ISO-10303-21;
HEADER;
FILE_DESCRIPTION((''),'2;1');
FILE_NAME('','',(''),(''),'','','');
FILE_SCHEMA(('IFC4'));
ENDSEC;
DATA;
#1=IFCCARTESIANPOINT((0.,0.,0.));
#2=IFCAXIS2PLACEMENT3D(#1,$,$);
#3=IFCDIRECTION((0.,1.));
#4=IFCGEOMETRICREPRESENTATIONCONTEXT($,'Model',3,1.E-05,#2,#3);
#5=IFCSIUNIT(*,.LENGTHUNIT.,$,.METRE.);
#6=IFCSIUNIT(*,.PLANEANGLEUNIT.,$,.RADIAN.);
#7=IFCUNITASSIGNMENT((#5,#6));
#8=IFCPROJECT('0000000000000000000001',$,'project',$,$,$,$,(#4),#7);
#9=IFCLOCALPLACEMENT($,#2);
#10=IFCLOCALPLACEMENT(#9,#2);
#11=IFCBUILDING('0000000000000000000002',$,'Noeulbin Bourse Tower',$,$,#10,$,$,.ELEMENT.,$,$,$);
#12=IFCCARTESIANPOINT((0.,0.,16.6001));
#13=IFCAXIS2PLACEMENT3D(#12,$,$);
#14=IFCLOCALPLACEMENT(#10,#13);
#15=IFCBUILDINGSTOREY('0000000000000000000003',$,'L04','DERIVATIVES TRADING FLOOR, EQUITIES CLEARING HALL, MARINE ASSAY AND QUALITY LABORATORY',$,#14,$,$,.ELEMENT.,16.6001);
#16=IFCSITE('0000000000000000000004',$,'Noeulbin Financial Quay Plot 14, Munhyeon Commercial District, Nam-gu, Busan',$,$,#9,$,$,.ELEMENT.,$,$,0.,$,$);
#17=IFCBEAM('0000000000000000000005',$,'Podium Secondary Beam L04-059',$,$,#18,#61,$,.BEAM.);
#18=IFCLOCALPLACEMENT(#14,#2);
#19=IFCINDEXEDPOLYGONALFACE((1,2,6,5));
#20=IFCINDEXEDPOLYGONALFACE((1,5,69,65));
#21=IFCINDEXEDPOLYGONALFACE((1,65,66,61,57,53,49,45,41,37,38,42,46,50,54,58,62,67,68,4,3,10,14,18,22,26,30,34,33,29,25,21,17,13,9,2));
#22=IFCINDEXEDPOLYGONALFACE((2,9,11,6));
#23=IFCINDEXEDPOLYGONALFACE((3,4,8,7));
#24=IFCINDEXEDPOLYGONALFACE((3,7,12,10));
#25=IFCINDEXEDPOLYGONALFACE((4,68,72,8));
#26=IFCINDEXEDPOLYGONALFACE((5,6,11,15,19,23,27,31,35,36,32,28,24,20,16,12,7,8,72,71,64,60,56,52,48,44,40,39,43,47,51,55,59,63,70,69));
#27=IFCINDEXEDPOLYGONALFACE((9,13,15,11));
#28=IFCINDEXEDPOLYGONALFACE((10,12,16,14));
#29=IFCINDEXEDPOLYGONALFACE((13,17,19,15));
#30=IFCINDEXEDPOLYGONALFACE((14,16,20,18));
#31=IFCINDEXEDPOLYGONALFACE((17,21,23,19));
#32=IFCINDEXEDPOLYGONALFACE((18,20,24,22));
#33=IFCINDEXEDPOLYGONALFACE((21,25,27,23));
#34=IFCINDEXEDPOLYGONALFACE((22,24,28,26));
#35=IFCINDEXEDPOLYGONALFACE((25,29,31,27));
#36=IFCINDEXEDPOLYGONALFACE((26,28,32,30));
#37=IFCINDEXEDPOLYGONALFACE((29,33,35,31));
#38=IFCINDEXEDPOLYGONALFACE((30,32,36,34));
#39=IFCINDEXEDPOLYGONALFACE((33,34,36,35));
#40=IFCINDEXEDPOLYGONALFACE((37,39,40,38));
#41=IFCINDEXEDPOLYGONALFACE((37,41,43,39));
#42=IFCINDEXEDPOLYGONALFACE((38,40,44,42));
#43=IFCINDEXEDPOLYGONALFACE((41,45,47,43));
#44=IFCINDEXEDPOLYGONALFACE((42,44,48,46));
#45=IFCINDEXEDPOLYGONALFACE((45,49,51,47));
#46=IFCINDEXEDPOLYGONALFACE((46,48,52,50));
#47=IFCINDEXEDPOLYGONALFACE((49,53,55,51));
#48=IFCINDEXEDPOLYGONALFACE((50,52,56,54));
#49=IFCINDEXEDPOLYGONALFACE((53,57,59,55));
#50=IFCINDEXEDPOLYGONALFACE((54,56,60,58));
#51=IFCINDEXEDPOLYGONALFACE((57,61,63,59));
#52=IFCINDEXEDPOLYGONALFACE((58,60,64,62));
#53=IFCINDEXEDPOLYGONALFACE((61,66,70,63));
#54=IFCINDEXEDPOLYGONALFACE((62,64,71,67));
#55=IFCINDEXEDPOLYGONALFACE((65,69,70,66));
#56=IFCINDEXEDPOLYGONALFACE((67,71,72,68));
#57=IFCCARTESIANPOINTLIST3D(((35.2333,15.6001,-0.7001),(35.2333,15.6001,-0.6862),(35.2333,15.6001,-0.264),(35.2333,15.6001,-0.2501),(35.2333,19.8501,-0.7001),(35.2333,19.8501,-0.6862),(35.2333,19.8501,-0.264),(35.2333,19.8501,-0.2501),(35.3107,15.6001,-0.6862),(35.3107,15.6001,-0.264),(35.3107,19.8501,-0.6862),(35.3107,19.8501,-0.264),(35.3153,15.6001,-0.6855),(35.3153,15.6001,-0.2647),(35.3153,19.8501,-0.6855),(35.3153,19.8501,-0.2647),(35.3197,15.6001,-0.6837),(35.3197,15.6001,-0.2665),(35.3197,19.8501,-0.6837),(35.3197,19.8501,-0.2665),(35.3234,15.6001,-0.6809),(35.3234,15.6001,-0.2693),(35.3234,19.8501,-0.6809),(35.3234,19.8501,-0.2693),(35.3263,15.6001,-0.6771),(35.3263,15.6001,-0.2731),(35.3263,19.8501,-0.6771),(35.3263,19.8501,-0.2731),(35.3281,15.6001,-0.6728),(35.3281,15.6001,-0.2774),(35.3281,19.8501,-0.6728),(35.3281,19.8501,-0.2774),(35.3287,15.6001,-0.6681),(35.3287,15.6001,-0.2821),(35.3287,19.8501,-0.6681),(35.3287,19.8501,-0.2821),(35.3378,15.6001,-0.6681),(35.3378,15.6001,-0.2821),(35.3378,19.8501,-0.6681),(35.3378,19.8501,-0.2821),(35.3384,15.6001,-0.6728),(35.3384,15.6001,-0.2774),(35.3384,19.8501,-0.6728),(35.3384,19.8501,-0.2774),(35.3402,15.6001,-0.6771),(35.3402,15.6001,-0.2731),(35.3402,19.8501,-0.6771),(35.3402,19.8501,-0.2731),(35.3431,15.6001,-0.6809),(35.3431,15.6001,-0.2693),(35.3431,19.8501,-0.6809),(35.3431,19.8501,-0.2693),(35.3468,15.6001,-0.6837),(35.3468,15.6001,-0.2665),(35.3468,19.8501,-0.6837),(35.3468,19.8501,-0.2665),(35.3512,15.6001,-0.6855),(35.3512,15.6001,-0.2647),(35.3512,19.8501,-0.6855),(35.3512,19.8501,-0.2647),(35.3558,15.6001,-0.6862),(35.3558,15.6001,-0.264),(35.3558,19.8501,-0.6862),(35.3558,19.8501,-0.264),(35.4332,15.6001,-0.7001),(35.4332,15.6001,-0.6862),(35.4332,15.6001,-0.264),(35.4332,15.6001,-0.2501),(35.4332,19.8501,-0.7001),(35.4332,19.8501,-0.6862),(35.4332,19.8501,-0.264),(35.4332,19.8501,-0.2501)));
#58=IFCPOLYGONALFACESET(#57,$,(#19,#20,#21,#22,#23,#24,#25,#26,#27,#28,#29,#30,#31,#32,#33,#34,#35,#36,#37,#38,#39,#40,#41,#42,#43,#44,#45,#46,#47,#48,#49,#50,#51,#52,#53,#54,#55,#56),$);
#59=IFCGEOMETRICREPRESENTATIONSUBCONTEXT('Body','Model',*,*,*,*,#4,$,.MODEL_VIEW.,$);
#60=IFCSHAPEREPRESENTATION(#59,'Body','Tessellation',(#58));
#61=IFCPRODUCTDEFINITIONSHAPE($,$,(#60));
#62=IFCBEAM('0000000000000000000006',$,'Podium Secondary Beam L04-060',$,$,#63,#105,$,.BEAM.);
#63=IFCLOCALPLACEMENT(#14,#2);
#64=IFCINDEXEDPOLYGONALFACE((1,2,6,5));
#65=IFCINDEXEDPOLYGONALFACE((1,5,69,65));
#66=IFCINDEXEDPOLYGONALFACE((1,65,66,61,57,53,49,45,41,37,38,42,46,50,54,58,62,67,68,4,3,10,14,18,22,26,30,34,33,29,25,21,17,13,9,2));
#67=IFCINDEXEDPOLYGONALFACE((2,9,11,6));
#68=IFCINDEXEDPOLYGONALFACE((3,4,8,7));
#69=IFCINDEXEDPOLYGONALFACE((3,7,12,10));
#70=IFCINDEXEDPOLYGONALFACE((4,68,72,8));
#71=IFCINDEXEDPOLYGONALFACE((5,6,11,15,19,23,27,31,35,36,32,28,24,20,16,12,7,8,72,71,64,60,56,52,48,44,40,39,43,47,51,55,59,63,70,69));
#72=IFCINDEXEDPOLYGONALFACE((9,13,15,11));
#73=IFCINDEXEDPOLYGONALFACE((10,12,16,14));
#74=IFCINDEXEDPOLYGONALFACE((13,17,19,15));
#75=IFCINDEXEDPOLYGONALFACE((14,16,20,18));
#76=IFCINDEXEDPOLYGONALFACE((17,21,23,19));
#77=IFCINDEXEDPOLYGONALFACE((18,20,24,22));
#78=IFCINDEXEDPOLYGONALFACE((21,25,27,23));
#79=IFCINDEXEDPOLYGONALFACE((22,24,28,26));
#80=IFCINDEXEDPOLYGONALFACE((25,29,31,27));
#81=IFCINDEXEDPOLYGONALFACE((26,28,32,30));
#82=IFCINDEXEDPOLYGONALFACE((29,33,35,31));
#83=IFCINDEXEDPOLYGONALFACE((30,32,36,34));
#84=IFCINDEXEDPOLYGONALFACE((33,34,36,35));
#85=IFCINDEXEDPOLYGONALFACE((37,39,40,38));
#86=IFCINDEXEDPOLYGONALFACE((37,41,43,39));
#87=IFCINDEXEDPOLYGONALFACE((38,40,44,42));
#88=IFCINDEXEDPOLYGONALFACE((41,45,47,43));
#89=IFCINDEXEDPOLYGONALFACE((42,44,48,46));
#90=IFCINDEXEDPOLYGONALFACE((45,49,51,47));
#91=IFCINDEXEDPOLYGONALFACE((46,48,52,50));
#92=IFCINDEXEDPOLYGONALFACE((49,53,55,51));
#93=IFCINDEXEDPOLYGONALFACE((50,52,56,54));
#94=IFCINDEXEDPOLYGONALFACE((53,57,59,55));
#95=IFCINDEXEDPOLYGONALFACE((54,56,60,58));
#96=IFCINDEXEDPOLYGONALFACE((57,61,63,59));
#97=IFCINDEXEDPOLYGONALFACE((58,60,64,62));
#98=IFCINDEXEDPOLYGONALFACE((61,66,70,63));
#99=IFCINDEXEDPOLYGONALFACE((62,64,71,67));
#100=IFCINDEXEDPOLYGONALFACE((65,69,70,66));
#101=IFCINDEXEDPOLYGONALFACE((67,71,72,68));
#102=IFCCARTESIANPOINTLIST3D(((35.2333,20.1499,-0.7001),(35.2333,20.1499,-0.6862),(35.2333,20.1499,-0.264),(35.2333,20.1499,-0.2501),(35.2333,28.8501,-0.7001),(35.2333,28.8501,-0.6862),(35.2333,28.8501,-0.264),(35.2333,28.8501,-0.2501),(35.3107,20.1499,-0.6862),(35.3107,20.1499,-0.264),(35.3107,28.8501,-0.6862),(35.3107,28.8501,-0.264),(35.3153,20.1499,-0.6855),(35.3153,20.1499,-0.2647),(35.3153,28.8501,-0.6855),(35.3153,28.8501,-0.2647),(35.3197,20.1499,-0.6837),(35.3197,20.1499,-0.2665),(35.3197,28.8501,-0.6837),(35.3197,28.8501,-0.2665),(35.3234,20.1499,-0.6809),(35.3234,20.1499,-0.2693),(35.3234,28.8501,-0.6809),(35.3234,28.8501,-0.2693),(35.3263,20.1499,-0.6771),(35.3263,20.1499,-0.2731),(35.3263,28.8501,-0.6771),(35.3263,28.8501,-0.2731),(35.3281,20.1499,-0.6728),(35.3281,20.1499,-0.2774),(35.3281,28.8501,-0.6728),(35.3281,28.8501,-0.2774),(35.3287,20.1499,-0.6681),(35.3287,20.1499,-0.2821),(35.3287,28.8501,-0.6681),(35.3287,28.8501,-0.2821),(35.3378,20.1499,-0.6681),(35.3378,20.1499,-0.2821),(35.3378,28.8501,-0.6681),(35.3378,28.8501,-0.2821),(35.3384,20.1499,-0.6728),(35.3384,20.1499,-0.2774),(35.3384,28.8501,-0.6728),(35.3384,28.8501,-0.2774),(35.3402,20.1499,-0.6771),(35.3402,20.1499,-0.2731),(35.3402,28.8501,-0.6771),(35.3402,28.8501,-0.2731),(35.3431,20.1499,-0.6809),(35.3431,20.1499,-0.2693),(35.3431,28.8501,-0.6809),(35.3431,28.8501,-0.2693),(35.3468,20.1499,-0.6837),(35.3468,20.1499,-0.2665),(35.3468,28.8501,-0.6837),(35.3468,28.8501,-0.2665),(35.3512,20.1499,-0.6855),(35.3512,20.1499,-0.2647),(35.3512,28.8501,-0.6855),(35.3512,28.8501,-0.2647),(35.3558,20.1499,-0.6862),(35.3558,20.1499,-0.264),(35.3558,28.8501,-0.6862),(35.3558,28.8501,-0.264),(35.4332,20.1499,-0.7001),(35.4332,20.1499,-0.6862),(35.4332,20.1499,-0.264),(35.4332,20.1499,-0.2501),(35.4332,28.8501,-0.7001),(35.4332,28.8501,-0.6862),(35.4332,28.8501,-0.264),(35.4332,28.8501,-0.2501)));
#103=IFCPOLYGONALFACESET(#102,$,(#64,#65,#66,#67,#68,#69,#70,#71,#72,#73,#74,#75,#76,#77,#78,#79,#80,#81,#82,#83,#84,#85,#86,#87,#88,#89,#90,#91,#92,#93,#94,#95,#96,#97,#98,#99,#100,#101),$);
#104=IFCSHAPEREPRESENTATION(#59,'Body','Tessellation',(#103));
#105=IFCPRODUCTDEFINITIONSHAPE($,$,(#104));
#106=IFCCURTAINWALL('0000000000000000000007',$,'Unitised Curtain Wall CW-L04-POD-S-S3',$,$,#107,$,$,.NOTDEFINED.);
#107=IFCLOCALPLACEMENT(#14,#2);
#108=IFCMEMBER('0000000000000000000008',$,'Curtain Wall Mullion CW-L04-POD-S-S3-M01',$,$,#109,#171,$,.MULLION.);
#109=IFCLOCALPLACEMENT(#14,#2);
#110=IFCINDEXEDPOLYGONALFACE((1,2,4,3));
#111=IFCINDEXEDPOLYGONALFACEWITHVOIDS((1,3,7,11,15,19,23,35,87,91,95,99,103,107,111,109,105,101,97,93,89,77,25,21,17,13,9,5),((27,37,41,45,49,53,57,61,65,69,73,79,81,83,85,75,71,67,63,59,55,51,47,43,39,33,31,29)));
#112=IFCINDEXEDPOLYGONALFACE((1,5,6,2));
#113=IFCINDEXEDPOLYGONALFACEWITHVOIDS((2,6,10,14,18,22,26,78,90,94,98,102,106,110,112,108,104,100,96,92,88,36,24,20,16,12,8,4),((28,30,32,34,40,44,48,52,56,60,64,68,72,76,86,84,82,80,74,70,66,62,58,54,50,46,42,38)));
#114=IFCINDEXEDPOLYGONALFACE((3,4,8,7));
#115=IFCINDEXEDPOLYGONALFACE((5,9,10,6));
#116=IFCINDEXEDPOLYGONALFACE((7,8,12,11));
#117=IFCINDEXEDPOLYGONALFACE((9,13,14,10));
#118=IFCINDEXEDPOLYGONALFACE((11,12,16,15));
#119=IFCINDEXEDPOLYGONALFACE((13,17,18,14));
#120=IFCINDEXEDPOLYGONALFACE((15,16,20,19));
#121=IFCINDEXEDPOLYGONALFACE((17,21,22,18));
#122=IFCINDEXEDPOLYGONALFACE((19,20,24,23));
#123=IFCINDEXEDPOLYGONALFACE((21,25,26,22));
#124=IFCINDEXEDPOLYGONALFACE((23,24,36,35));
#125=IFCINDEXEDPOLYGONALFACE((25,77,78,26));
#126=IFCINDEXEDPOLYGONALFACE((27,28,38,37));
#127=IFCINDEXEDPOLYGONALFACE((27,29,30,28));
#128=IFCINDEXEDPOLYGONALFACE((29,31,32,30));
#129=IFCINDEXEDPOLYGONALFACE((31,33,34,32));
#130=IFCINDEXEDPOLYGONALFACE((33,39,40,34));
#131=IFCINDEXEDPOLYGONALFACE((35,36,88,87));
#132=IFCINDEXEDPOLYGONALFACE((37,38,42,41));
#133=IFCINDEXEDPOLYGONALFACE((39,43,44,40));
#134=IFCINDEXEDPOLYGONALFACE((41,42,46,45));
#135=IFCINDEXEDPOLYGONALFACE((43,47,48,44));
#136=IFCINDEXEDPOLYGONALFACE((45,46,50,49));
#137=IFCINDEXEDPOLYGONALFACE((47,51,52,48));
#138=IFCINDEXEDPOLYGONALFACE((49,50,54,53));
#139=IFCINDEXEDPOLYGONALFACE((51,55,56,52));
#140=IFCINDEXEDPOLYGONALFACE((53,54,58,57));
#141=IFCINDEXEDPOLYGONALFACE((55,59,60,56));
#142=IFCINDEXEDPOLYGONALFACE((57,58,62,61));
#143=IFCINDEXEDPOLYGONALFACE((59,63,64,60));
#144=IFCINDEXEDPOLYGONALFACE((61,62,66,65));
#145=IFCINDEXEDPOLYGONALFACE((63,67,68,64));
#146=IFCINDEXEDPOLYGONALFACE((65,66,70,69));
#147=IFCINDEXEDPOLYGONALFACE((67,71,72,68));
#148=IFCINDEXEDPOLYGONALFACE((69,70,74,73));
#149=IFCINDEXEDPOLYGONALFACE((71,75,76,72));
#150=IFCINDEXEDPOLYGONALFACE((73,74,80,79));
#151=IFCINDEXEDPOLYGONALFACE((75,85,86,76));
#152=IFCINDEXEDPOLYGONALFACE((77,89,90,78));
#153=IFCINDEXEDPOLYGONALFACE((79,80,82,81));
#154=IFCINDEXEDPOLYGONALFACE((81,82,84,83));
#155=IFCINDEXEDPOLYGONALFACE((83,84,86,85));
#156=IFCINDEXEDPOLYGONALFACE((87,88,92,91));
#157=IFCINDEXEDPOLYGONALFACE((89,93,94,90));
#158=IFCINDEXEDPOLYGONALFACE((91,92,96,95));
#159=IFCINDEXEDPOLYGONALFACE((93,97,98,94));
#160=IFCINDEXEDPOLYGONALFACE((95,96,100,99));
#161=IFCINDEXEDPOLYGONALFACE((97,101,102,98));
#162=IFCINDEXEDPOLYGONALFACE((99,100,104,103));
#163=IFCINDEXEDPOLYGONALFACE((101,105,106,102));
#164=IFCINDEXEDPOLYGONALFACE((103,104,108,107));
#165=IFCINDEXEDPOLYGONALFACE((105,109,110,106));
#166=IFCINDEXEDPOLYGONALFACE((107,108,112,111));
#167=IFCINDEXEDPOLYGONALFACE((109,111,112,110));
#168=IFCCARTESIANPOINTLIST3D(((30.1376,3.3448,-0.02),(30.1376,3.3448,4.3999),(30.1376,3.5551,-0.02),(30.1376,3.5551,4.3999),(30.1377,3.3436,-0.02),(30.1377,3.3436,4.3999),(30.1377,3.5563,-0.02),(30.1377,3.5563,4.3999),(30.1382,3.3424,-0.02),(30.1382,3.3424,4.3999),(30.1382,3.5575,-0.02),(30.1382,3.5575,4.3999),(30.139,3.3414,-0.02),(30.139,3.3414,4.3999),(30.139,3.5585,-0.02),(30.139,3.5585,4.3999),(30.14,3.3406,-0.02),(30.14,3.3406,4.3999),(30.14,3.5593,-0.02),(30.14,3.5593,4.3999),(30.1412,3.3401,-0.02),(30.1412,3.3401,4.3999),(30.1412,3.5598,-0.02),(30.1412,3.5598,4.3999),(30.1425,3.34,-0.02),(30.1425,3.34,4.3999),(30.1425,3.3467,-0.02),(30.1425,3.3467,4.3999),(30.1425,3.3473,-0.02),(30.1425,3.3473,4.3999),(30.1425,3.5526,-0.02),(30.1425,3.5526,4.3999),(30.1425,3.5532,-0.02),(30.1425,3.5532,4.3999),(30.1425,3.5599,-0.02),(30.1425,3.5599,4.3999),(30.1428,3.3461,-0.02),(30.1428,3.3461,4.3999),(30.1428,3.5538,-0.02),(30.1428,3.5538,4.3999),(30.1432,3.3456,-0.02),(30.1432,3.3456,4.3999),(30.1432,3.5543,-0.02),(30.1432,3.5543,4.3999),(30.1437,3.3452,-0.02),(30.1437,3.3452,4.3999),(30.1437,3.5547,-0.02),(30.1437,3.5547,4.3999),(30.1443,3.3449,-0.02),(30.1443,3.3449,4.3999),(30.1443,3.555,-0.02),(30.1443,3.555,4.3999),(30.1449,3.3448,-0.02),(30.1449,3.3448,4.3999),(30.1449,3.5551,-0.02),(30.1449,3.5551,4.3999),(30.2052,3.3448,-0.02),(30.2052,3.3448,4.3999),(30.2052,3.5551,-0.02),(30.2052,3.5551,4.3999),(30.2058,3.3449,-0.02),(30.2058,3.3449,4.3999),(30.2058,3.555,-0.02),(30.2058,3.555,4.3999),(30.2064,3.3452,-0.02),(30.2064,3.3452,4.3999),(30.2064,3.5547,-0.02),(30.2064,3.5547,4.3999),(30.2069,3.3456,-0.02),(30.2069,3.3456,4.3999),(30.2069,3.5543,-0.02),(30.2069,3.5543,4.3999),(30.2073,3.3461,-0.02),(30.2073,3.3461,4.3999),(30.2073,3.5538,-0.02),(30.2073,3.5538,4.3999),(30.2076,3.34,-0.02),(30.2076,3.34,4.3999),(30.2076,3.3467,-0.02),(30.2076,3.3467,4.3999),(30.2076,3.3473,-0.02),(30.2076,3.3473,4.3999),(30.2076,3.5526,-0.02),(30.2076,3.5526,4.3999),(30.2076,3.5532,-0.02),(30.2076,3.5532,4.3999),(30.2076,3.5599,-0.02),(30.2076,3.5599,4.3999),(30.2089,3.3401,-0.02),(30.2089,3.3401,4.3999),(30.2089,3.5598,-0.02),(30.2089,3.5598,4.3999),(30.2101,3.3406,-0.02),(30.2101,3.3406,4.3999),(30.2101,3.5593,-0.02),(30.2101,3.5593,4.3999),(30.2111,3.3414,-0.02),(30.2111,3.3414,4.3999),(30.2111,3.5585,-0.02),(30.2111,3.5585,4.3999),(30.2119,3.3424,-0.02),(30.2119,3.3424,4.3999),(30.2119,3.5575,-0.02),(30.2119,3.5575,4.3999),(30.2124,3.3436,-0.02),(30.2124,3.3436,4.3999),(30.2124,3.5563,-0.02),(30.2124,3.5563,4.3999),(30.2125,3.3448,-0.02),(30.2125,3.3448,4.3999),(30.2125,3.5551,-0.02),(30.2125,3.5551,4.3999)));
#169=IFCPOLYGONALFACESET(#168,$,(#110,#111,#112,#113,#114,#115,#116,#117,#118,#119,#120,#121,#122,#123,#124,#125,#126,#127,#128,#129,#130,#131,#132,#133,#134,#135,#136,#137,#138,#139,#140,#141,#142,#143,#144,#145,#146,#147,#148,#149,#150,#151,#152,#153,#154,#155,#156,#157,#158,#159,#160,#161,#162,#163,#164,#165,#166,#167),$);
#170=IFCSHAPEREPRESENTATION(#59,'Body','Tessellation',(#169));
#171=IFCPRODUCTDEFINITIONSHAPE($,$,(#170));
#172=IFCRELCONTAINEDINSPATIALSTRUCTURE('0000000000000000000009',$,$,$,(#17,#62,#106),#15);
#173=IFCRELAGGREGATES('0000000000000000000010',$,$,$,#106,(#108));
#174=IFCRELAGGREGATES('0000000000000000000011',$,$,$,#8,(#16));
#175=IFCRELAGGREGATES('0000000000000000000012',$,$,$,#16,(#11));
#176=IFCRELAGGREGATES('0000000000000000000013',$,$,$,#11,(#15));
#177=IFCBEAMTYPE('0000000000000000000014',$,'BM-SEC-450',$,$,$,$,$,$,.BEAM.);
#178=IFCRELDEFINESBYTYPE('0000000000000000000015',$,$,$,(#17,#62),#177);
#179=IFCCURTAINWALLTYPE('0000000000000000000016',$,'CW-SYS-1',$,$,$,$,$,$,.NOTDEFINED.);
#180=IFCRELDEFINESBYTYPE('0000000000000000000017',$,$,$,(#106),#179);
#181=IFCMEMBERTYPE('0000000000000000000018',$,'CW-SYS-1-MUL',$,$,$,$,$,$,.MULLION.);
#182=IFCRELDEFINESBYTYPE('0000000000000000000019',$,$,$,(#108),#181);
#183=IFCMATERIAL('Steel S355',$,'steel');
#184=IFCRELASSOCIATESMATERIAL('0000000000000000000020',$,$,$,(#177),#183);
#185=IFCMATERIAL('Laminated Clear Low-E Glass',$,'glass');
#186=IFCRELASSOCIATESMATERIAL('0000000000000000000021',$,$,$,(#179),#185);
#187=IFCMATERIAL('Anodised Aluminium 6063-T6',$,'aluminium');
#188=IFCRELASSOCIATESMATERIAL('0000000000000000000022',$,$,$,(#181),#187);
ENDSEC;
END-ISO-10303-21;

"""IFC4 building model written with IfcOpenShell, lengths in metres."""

from ifc_helpers import new_model, si_unit, direction, frame, origin, origin_2d, place, context, subcontext, project, spatial, hollow_rectangle, i_section, extrude, material, material_profile, profile_set, type_object, element, aggregate, save


model = new_model("IFC4")

# Units and contexts
model_context = context("Model", 3, precision=1e-05, world=origin(), true_north=direction((0.0, 1.0)))
body_context = subcontext(model_context, "Body", "Model", "MODEL_VIEW")
ifc_project = project(units=[si_unit("LENGTHUNIT", "METRE"), si_unit("PLANEANGLEUNIT", "RADIAN")], contexts=[model_context])

# Site, building, storey
site_placement = place(None, origin())
site = spatial("IfcSite", under=ifc_project, at=site_placement, Name="Noeulbin Financial Quay Plot 14, Munhyeon Commercial District, Nam-gu, Busan", CompositionType="ELEMENT", RefElevation=0.0)
building_placement = place(site_placement, origin())
building = spatial("IfcBuilding", under=site, at=building_placement, Name="Noeulbin Bourse Tower", CompositionType="ELEMENT")
storey_placement = place(building_placement, frame((0.0, 0.0, 16.6001)))
storey = spatial("IfcBuildingStorey", under=building, at=storey_placement, Name="L04", Description="DERIVATIVES TRADING FLOOR, EQUITIES CLEARING HALL, MARINE ASSAY AND QUALITY LABORATORY", CompositionType="ELEMENT", Elevation=16.6001)

# Beams
ifc_material_1 = material(Name="Steel S355", Category="steel")
ifc_material_profile_1 = material_profile(ifc_material_1, i_section(OverallWidth=0.2, OverallDepth=0.45, WebThickness=0.009, FlangeThickness=0.0139, FilletRadius=0.0181, at=origin_2d()), Name="H-450x200x9x14", Category="LoadBearing")
ifc_profile_set_1 = profile_set([ifc_material_profile_1], Name="Steel S355")
beam_type_1 = type_object("IfcBeamType", Name="BM-SEC-450", PredefinedType="BEAM", material=ifc_profile_set_1)
beam_1_placement = place(storey_placement, frame((35.3333, 15.6001, -0.4751), z_axis=(0.0, 1.0, 0.0), x_axis=(-1.0, 0.0, 0.0)))
element("IfcBeam", 1, at=beam_1_placement, inside=storey, type_object=beam_type_1, Name="Podium Secondary Beam L04-059", PredefinedType="BEAM", context=body_context, shape_type="SweptSolid", body=[
    extrude(i_section(OverallWidth=0.2, OverallDepth=0.45, WebThickness=0.009, FlangeThickness=0.0139, FilletRadius=0.0181, at=origin_2d()), origin(), (0.0, 0.0, 1.0), 4.25),
])
beam_2_placement = place(storey_placement, frame((35.3333, 20.1499, -0.4751), z_axis=(0.0, 1.0, 0.0), x_axis=(-1.0, 0.0, 0.0)))
element("IfcBeam", 2, at=beam_2_placement, inside=storey, type_object=beam_type_1, Name="Podium Secondary Beam L04-060", PredefinedType="BEAM", context=body_context, shape_type="SweptSolid", body=[
    extrude(i_section(OverallWidth=0.2, OverallDepth=0.45, WebThickness=0.009, FlangeThickness=0.0139, FilletRadius=0.0181, at=origin_2d()), origin(), (0.0, 0.0, 1.0), 8.7002),
])

# Curtain wall, member
ifc_material_2 = material(Name="Laminated Clear Low-E Glass", Category="glass")
curtain_wall_type = type_object("IfcCurtainWallType", Name="CW-SYS-1", PredefinedType="NOTDEFINED", material=ifc_material_2)
curtain_wall_1_placement = place(storey_placement, origin())
curtain_wall_1 = element("IfcCurtainWall", 3, at=curtain_wall_1_placement, inside=storey, type_object=curtain_wall_type, Name="Unitised Curtain Wall CW-L04-POD-S-S3", PredefinedType="NOTDEFINED")
ifc_material_3 = material(Name="Anodised Aluminium 6063-T6", Category="aluminium")
ifc_material_profile_2 = material_profile(ifc_material_3, hollow_rectangle(XDim=0.075, YDim=0.22, WallThickness=0.0049, InnerFilletRadius=0.0024, OuterFilletRadius=0.0049, at=origin_2d()), Name="ALU-MULL-75x220x5", Category="LoadBearing")
ifc_profile_set_2 = profile_set([ifc_material_profile_2], Name="Anodised Aluminium 6063-T6")
member_type_1 = type_object("IfcMemberType", Name="CW-SYS-1-MUL", PredefinedType="MULLION", material=ifc_profile_set_2)
member_1_placement = place(storey_placement, frame((30.175, 3.45, -0.02), z_axis=(0.0, 0.0, 1.0), x_axis=(1.0, 0.0, 0.0)))
member_1 = element("IfcMember", 4, at=member_1_placement, type_object=member_type_1, Name="Curtain Wall Mullion CW-L04-POD-S-S3-M01", PredefinedType="MULLION", context=body_context, shape_type="SweptSolid", body=[
    extrude(hollow_rectangle(XDim=0.075, YDim=0.22, WallThickness=0.0049, InnerFilletRadius=0.0024, OuterFilletRadius=0.0049, at=origin_2d()), origin(), (0.0, 0.0, 1.0), 4.4199),
])
aggregate(curtain_wall_1, [member_1])

save(model, "model.ifc")
